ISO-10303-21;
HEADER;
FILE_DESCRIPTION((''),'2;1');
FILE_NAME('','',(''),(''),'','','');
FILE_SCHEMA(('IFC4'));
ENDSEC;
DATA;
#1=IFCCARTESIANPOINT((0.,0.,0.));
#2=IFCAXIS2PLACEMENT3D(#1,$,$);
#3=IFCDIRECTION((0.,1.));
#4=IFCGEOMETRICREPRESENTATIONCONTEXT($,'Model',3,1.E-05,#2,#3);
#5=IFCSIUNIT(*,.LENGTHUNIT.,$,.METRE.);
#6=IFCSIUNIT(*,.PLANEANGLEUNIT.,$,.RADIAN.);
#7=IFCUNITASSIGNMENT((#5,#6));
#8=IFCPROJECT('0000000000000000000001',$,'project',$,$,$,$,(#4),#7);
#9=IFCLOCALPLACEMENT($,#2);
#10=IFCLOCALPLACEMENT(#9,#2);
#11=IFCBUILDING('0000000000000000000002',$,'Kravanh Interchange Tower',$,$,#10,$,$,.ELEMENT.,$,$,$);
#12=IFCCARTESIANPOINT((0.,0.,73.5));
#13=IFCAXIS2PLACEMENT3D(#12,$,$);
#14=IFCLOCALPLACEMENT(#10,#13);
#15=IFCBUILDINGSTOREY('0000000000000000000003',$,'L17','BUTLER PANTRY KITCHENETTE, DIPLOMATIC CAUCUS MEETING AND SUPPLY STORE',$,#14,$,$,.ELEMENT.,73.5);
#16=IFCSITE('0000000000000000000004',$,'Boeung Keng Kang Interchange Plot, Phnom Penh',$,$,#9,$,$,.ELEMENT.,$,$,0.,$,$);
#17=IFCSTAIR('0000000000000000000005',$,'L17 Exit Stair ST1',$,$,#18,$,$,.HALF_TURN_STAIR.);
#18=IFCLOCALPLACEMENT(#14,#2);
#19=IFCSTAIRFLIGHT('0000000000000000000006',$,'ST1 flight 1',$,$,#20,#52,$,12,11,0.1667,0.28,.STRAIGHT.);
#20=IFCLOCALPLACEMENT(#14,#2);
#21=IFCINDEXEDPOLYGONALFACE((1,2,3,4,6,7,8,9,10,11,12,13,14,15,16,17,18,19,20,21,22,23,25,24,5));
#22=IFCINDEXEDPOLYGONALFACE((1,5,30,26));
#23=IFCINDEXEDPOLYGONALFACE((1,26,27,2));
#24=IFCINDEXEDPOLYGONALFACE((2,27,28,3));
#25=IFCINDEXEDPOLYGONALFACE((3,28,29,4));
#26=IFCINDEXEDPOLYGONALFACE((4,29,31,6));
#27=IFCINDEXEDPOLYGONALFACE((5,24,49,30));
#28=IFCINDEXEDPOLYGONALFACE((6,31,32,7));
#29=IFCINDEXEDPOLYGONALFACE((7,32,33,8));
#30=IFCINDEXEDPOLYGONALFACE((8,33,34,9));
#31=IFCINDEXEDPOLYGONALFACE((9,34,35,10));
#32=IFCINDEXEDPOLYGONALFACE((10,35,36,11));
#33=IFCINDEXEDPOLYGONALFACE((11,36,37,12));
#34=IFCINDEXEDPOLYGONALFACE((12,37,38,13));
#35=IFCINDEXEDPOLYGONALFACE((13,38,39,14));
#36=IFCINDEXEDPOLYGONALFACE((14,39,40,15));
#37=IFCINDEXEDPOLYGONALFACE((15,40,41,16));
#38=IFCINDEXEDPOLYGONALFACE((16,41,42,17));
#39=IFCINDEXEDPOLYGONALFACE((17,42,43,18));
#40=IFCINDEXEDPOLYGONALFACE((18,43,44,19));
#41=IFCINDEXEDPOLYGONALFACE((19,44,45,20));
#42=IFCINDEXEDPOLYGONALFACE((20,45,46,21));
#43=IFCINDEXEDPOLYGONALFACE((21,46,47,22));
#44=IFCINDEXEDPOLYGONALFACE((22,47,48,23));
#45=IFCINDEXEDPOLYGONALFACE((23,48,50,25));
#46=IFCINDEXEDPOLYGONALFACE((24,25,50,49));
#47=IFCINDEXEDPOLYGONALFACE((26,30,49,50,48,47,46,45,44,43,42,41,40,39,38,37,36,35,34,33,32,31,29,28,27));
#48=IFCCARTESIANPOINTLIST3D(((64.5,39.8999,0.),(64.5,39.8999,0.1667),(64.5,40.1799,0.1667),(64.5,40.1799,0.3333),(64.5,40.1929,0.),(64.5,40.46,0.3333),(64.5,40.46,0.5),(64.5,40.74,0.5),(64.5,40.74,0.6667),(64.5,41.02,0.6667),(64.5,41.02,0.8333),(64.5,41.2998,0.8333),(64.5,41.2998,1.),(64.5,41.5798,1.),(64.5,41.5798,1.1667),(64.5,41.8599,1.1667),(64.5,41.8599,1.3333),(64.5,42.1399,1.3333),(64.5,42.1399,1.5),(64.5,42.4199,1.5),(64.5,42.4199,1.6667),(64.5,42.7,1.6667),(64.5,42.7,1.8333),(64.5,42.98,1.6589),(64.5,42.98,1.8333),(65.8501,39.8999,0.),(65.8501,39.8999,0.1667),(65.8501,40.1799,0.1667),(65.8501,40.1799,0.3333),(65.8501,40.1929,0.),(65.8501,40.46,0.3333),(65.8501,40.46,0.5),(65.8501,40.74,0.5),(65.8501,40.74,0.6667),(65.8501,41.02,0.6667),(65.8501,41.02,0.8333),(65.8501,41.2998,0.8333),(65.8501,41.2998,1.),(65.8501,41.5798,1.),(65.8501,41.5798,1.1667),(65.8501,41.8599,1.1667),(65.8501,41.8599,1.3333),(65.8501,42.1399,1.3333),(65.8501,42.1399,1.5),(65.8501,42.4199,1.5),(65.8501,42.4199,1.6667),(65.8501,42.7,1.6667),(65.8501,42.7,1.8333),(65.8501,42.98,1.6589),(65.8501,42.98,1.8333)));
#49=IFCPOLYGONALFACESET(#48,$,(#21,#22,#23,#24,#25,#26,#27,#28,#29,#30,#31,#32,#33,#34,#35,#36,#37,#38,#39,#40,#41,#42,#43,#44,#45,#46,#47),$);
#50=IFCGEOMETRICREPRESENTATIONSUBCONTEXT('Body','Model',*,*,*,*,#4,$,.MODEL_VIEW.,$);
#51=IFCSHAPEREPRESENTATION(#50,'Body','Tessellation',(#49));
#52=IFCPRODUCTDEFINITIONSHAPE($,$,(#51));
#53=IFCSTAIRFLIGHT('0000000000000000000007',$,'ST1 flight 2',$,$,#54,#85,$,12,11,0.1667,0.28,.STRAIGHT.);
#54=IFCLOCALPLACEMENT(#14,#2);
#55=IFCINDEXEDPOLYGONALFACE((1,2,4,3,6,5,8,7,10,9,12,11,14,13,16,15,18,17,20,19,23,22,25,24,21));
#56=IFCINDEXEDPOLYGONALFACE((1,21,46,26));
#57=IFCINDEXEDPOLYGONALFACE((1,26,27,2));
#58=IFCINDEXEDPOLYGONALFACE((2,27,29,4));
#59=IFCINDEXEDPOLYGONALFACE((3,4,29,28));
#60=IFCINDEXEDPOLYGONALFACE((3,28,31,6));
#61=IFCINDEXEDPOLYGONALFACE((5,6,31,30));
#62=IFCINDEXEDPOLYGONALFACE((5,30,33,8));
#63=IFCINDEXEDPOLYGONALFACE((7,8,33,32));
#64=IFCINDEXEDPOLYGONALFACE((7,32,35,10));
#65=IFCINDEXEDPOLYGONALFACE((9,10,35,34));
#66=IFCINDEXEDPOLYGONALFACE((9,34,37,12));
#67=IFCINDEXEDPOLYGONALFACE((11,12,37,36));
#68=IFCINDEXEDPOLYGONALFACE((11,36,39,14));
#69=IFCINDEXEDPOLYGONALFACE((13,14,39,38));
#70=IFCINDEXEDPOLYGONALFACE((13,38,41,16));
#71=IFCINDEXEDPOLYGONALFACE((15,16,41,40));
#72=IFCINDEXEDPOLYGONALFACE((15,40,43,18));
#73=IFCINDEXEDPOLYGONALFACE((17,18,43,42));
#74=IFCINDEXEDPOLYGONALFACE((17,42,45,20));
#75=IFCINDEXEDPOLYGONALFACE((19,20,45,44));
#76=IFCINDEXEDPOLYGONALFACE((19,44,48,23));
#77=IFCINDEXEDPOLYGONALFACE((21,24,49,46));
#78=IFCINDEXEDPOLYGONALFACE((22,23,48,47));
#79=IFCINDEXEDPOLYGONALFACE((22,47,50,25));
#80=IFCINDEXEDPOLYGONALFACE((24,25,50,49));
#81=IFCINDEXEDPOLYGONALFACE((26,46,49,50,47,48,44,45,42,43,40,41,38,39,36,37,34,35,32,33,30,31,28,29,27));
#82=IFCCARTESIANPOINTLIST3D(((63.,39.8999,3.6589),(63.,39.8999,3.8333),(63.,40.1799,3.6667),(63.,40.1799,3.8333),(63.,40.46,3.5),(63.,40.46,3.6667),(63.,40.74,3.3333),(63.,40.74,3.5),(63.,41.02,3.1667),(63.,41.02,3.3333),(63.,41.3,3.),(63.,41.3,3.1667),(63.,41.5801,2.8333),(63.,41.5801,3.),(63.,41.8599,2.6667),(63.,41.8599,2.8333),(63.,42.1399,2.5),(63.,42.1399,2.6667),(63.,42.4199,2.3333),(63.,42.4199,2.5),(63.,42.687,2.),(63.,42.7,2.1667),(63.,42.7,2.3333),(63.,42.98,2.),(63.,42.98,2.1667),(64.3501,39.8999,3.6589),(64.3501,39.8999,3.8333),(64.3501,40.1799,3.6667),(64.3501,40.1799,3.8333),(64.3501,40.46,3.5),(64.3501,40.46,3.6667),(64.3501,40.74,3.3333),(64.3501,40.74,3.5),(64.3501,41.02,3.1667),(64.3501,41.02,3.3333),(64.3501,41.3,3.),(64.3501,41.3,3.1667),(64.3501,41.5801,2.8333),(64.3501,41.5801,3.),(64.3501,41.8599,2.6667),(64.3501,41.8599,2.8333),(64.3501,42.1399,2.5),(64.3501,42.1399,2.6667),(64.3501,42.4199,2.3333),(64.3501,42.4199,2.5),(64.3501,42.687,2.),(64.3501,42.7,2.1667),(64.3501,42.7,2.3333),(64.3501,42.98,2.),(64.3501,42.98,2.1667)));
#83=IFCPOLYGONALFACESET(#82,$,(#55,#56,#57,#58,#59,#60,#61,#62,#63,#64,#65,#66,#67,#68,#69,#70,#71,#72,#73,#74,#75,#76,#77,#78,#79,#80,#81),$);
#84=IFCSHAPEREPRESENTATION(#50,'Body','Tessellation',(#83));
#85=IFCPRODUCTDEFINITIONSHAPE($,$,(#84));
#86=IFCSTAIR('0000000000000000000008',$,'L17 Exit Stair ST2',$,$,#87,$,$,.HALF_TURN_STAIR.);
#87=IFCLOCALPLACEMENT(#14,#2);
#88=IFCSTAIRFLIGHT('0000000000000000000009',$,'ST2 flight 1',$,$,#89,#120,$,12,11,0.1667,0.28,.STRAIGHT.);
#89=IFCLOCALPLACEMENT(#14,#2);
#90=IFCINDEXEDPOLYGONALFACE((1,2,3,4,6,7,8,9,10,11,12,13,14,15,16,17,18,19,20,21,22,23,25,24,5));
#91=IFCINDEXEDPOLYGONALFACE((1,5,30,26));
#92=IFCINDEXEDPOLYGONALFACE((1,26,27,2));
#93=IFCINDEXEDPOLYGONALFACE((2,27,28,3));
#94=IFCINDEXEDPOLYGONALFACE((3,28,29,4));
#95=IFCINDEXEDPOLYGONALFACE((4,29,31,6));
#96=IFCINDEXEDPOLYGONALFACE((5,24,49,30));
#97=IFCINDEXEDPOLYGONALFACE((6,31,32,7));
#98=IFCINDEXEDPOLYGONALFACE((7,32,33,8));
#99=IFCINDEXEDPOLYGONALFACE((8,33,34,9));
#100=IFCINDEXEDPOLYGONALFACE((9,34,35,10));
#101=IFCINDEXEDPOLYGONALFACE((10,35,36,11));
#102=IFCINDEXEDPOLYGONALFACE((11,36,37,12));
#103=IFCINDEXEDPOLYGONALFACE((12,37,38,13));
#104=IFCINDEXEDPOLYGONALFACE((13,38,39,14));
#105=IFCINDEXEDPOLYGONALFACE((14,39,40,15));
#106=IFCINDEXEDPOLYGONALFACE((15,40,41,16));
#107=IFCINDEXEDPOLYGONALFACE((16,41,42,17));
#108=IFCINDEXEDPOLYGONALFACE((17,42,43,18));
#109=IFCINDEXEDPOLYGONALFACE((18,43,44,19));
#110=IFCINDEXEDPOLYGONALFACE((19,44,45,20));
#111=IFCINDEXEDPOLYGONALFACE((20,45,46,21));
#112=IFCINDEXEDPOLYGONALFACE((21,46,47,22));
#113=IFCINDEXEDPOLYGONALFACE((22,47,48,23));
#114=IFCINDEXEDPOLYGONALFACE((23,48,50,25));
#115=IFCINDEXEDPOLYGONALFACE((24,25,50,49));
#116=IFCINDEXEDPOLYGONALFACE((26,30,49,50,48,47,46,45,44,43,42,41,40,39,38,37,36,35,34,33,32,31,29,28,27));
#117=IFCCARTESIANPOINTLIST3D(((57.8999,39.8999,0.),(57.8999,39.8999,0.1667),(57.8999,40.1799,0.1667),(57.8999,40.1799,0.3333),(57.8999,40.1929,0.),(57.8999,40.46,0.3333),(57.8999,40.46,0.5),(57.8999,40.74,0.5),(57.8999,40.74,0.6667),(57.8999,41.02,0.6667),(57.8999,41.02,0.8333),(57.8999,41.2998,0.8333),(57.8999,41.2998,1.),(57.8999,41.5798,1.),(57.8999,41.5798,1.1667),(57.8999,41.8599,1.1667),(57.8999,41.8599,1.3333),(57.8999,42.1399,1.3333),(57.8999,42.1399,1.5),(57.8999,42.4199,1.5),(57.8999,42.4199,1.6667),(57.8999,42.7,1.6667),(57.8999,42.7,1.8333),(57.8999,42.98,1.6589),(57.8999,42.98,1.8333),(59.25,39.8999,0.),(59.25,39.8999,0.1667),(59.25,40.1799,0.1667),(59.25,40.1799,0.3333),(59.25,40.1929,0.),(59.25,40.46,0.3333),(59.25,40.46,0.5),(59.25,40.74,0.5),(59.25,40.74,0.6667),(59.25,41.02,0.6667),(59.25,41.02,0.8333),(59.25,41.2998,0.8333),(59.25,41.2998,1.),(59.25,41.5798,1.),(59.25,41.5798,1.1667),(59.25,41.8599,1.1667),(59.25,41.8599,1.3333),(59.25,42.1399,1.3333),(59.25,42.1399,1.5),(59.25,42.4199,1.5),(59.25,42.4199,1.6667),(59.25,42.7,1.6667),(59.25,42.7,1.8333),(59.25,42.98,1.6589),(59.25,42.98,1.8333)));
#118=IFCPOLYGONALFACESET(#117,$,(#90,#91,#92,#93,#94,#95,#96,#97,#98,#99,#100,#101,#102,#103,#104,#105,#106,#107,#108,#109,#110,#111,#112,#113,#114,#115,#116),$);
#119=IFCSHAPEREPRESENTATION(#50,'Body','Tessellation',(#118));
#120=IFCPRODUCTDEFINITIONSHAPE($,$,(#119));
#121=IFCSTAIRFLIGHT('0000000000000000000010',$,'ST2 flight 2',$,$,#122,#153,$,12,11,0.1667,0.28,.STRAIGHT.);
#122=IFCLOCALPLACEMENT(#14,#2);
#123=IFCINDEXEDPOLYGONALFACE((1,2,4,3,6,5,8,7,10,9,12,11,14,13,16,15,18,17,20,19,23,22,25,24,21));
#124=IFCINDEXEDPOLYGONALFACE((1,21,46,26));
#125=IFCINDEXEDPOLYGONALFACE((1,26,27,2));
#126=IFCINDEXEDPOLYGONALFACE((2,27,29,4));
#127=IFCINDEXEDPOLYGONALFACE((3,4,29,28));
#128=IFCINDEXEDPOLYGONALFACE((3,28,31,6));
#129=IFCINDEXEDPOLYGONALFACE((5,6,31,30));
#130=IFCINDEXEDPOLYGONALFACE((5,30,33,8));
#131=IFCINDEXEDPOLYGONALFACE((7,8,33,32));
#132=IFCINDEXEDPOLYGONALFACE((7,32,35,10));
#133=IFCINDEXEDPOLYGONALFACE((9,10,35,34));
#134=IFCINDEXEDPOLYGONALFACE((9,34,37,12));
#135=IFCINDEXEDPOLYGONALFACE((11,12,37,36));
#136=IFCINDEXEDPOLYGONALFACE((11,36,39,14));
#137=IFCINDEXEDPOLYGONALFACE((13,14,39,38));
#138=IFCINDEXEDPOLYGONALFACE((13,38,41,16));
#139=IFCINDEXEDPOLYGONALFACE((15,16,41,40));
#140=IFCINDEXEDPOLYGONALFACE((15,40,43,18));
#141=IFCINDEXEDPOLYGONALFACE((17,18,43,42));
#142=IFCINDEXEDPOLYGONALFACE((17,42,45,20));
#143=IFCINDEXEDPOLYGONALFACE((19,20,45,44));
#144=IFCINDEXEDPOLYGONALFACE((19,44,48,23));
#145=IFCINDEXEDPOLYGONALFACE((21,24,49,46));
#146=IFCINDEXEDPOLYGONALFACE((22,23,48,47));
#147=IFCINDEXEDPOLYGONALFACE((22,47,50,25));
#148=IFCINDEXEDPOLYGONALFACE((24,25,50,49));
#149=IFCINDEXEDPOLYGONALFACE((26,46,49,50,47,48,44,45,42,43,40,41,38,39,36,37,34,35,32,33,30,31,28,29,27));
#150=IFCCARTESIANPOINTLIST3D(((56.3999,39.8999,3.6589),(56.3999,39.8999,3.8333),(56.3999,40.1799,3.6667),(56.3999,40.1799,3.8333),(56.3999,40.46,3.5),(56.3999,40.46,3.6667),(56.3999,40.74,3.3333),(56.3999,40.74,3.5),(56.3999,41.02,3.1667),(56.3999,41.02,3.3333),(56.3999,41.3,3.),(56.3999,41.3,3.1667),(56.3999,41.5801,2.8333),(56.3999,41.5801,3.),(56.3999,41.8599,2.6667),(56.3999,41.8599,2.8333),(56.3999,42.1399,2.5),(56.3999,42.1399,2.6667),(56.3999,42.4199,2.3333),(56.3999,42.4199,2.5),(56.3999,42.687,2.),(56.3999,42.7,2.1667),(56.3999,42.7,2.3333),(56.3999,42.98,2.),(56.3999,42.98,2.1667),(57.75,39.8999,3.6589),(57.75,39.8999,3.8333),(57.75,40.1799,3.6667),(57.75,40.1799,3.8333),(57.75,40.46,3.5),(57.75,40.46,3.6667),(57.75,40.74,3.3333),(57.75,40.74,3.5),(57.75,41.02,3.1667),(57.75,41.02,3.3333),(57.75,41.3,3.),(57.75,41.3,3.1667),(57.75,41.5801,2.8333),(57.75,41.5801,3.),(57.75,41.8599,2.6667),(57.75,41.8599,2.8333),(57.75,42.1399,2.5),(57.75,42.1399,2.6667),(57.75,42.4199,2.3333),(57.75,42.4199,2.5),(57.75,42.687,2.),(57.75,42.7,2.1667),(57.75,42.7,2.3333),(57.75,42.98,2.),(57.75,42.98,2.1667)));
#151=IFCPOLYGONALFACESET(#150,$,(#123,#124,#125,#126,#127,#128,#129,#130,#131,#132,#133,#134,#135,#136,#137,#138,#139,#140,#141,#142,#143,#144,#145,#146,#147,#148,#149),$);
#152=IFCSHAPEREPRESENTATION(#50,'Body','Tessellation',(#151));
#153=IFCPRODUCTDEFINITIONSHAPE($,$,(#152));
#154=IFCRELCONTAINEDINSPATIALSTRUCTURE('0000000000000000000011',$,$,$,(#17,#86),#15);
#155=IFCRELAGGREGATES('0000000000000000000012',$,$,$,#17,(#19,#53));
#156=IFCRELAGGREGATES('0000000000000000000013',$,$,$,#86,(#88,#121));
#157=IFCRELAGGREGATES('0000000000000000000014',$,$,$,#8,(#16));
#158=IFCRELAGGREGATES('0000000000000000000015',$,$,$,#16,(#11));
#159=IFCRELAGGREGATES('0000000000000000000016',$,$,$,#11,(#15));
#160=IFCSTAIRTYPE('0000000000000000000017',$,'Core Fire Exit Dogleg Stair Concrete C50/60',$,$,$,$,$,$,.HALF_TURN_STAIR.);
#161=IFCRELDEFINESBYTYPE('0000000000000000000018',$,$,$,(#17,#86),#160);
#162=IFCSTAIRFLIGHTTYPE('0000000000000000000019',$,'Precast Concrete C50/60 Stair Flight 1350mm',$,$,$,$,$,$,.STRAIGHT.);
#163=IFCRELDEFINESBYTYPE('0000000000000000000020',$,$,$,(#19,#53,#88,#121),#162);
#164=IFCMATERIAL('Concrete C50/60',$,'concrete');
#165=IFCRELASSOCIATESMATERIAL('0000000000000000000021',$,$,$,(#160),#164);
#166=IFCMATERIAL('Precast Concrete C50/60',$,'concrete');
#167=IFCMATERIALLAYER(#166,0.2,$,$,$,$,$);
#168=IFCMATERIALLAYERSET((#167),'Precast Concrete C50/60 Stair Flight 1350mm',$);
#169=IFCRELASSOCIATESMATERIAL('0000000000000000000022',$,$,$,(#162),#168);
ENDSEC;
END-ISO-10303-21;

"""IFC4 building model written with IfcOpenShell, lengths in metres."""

from ifc_helpers import new_model, si_unit, direction, frame, origin, place, context, subcontext, project, spatial, polyline, outline, extrude, material, layer, layer_set, type_object, element, aggregate, save


model = new_model("IFC4")

# Units and contexts
model_context = context("Model", 3, precision=1e-05, world=origin(), true_north=direction((0.0, 1.0)))
body_context = subcontext(model_context, "Body", "Model", "MODEL_VIEW")
ifc_project = project(units=[si_unit("LENGTHUNIT", "METRE"), si_unit("PLANEANGLEUNIT", "RADIAN")], contexts=[model_context])

# Site, building, storey
site_placement = place(None, origin())
site = spatial("IfcSite", under=ifc_project, at=site_placement, Name="Boeung Keng Kang Interchange Plot, Phnom Penh", CompositionType="ELEMENT", RefElevation=0.0)
building_placement = place(site_placement, origin())
building = spatial("IfcBuilding", under=site, at=building_placement, Name="Kravanh Interchange Tower", CompositionType="ELEMENT")
storey_placement = place(building_placement, frame((0.0, 0.0, 73.5)))
storey = spatial("IfcBuildingStorey", under=building, at=storey_placement, Name="L17", Description="BUTLER PANTRY KITCHENETTE, DIPLOMATIC CAUCUS MEETING AND SUPPLY STORE", CompositionType="ELEMENT", Elevation=73.5)

# Stairs, stair flights
ifc_material_1 = material(Name="Concrete C50/60", Category="concrete")
stair_type = type_object("IfcStairType", Name="Core Fire Exit Dogleg Stair Concrete C50/60", PredefinedType="HALF_TURN_STAIR", material=ifc_material_1)
stair_1_placement = place(storey_placement, origin())
stair_1 = element("IfcStair", 1, at=stair_1_placement, inside=storey, type_object=stair_type, Name="L17 Exit Stair ST1", PredefinedType="HALF_TURN_STAIR")
ifc_material_2 = material(Name="Precast Concrete C50/60", Category="concrete")
ifc_layer_1 = layer(ifc_material_2, 0.2)
ifc_layer_set_1 = layer_set([ifc_layer_1], Name="Precast Concrete C50/60 Stair Flight 1350mm")
stair_flight_type = type_object("IfcStairFlightType", Name="Precast Concrete C50/60 Stair Flight 1350mm", PredefinedType="STRAIGHT", material=ifc_layer_set_1)
stair_flight_1_placement = place(storey_placement, frame((65.175, 39.8999, 0.0), z_axis=(0.0, 0.0, 1.0), x_axis=(0.0, 1.0, 0.0)))
stair_flight_1 = element("IfcStairFlight", 2, at=stair_flight_1_placement, type_object=stair_flight_type, Name="ST1 flight 1", NumberOfRisers=12, NumberOfTreads=11, PredefinedType="STRAIGHT", RiserHeight=0.1667, TreadLength=0.28, context=body_context, shape_type="SweptSolid", body=[
    extrude(outline(polyline([(0.0, 0.0), (0.0, 0.1667), (0.28, 0.1667), (0.28, 0.3333), (0.5601, 0.3333), (0.5601, 0.5), (0.8401, 0.5), (0.8401, 0.6667), (1.1201, 0.6667), (1.1201, 0.8333), (1.3999, 0.8333), (1.3999, 1.0), (1.6799, 1.0), (1.6799, 1.1667), (1.96, 1.1667), (1.96, 1.3333), (2.24, 1.3333), (2.24, 1.5), (2.52, 1.5), (2.52, 1.6667), (2.8, 1.6667), (2.8, 1.8333), (3.0801, 1.8333), (3.0801, 2.0), (3.0801, 1.6589), (0.293, 0.0), (0.0, 0.0)])), frame((0.0, 0.675, 0.0), z_axis=(0.0, -1.0, 0.0), x_axis=(1.0, 0.0, 0.0)), (0.0, 0.0, 1.0), 1.3501),
])
stair_flight_2_placement = place(storey_placement, frame((63.675, 42.98, 2.0), z_axis=(0.0, 0.0, 1.0), x_axis=(0.0, -1.0, 0.0)))
stair_flight_2 = element("IfcStairFlight", 3, at=stair_flight_2_placement, type_object=stair_flight_type, Name="ST1 flight 2", NumberOfRisers=12, NumberOfTreads=11, PredefinedType="STRAIGHT", RiserHeight=0.1667, TreadLength=0.28, context=body_context, shape_type="SweptSolid", body=[
    extrude(outline(polyline([(0.0, 0.0), (0.0, 0.1667), (0.28, 0.1667), (0.28, 0.3333), (0.5601, 0.3333), (0.5601, 0.5), (0.8401, 0.5), (0.8401, 0.6667), (1.1201, 0.6667), (1.1201, 0.8333), (1.3999, 0.8333), (1.3999, 1.0), (1.6799, 1.0), (1.6799, 1.1667), (1.96, 1.1667), (1.96, 1.3333), (2.24, 1.3333), (2.24, 1.5), (2.52, 1.5), (2.52, 1.6667), (2.8, 1.6667), (2.8, 1.8333), (3.0801, 1.8333), (3.0801, 2.0), (3.0801, 1.6589), (0.293, 0.0), (0.0, 0.0)])), frame((0.0, 0.675, 0.0), z_axis=(0.0, -1.0, 0.0), x_axis=(1.0, 0.0, 0.0)), (0.0, 0.0, 1.0), 1.3501),
])
aggregate(stair_1, [stair_flight_1, stair_flight_2])
stair_2_placement = place(storey_placement, origin())
stair_2 = element("IfcStair", 4, at=stair_2_placement, inside=storey, type_object=stair_type, Name="L17 Exit Stair ST2", PredefinedType="HALF_TURN_STAIR")
stair_flight_3_placement = place(storey_placement, frame((58.575, 39.8999, 0.0), z_axis=(0.0, 0.0, 1.0), x_axis=(0.0, 1.0, 0.0)))
stair_flight_3 = element("IfcStairFlight", 5, at=stair_flight_3_placement, type_object=stair_flight_type, Name="ST2 flight 1", NumberOfRisers=12, NumberOfTreads=11, PredefinedType="STRAIGHT", RiserHeight=0.1667, TreadLength=0.28, context=body_context, shape_type="SweptSolid", body=[
    extrude(outline(polyline([(0.0, 0.0), (0.0, 0.1667), (0.28, 0.1667), (0.28, 0.3333), (0.5601, 0.3333), (0.5601, 0.5), (0.8401, 0.5), (0.8401, 0.6667), (1.1201, 0.6667), (1.1201, 0.8333), (1.3999, 0.8333), (1.3999, 1.0), (1.6799, 1.0), (1.6799, 1.1667), (1.96, 1.1667), (1.96, 1.3333), (2.24, 1.3333), (2.24, 1.5), (2.52, 1.5), (2.52, 1.6667), (2.8, 1.6667), (2.8, 1.8333), (3.0801, 1.8333), (3.0801, 2.0), (3.0801, 1.6589), (0.293, 0.0), (0.0, 0.0)])), frame((0.0, 0.675, 0.0), z_axis=(0.0, -1.0, 0.0), x_axis=(1.0, 0.0, 0.0)), (0.0, 0.0, 1.0), 1.3501),
])
stair_flight_4_placement = place(storey_placement, frame((57.075, 42.98, 2.0), z_axis=(0.0, 0.0, 1.0), x_axis=(0.0, -1.0, 0.0)))
stair_flight_4 = element("IfcStairFlight", 6, at=stair_flight_4_placement, type_object=stair_flight_type, Name="ST2 flight 2", NumberOfRisers=12, NumberOfTreads=11, PredefinedType="STRAIGHT", RiserHeight=0.1667, TreadLength=0.28, context=body_context, shape_type="SweptSolid", body=[
    extrude(outline(polyline([(0.0, 0.0), (0.0, 0.1667), (0.28, 0.1667), (0.28, 0.3333), (0.5601, 0.3333), (0.5601, 0.5), (0.8401, 0.5), (0.8401, 0.6667), (1.1201, 0.6667), (1.1201, 0.8333), (1.3999, 0.8333), (1.3999, 1.0), (1.6799, 1.0), (1.6799, 1.1667), (1.96, 1.1667), (1.96, 1.3333), (2.24, 1.3333), (2.24, 1.5), (2.52, 1.5), (2.52, 1.6667), (2.8, 1.6667), (2.8, 1.8333), (3.0801, 1.8333), (3.0801, 2.0), (3.0801, 1.6589), (0.293, 0.0), (0.0, 0.0)])), frame((0.0, 0.675, 0.0), z_axis=(0.0, -1.0, 0.0), x_axis=(1.0, 0.0, 0.0)), (0.0, 0.0, 1.0), 1.3501),
])
aggregate(stair_2, [stair_flight_3, stair_flight_4])

save(model, "model.ifc")
